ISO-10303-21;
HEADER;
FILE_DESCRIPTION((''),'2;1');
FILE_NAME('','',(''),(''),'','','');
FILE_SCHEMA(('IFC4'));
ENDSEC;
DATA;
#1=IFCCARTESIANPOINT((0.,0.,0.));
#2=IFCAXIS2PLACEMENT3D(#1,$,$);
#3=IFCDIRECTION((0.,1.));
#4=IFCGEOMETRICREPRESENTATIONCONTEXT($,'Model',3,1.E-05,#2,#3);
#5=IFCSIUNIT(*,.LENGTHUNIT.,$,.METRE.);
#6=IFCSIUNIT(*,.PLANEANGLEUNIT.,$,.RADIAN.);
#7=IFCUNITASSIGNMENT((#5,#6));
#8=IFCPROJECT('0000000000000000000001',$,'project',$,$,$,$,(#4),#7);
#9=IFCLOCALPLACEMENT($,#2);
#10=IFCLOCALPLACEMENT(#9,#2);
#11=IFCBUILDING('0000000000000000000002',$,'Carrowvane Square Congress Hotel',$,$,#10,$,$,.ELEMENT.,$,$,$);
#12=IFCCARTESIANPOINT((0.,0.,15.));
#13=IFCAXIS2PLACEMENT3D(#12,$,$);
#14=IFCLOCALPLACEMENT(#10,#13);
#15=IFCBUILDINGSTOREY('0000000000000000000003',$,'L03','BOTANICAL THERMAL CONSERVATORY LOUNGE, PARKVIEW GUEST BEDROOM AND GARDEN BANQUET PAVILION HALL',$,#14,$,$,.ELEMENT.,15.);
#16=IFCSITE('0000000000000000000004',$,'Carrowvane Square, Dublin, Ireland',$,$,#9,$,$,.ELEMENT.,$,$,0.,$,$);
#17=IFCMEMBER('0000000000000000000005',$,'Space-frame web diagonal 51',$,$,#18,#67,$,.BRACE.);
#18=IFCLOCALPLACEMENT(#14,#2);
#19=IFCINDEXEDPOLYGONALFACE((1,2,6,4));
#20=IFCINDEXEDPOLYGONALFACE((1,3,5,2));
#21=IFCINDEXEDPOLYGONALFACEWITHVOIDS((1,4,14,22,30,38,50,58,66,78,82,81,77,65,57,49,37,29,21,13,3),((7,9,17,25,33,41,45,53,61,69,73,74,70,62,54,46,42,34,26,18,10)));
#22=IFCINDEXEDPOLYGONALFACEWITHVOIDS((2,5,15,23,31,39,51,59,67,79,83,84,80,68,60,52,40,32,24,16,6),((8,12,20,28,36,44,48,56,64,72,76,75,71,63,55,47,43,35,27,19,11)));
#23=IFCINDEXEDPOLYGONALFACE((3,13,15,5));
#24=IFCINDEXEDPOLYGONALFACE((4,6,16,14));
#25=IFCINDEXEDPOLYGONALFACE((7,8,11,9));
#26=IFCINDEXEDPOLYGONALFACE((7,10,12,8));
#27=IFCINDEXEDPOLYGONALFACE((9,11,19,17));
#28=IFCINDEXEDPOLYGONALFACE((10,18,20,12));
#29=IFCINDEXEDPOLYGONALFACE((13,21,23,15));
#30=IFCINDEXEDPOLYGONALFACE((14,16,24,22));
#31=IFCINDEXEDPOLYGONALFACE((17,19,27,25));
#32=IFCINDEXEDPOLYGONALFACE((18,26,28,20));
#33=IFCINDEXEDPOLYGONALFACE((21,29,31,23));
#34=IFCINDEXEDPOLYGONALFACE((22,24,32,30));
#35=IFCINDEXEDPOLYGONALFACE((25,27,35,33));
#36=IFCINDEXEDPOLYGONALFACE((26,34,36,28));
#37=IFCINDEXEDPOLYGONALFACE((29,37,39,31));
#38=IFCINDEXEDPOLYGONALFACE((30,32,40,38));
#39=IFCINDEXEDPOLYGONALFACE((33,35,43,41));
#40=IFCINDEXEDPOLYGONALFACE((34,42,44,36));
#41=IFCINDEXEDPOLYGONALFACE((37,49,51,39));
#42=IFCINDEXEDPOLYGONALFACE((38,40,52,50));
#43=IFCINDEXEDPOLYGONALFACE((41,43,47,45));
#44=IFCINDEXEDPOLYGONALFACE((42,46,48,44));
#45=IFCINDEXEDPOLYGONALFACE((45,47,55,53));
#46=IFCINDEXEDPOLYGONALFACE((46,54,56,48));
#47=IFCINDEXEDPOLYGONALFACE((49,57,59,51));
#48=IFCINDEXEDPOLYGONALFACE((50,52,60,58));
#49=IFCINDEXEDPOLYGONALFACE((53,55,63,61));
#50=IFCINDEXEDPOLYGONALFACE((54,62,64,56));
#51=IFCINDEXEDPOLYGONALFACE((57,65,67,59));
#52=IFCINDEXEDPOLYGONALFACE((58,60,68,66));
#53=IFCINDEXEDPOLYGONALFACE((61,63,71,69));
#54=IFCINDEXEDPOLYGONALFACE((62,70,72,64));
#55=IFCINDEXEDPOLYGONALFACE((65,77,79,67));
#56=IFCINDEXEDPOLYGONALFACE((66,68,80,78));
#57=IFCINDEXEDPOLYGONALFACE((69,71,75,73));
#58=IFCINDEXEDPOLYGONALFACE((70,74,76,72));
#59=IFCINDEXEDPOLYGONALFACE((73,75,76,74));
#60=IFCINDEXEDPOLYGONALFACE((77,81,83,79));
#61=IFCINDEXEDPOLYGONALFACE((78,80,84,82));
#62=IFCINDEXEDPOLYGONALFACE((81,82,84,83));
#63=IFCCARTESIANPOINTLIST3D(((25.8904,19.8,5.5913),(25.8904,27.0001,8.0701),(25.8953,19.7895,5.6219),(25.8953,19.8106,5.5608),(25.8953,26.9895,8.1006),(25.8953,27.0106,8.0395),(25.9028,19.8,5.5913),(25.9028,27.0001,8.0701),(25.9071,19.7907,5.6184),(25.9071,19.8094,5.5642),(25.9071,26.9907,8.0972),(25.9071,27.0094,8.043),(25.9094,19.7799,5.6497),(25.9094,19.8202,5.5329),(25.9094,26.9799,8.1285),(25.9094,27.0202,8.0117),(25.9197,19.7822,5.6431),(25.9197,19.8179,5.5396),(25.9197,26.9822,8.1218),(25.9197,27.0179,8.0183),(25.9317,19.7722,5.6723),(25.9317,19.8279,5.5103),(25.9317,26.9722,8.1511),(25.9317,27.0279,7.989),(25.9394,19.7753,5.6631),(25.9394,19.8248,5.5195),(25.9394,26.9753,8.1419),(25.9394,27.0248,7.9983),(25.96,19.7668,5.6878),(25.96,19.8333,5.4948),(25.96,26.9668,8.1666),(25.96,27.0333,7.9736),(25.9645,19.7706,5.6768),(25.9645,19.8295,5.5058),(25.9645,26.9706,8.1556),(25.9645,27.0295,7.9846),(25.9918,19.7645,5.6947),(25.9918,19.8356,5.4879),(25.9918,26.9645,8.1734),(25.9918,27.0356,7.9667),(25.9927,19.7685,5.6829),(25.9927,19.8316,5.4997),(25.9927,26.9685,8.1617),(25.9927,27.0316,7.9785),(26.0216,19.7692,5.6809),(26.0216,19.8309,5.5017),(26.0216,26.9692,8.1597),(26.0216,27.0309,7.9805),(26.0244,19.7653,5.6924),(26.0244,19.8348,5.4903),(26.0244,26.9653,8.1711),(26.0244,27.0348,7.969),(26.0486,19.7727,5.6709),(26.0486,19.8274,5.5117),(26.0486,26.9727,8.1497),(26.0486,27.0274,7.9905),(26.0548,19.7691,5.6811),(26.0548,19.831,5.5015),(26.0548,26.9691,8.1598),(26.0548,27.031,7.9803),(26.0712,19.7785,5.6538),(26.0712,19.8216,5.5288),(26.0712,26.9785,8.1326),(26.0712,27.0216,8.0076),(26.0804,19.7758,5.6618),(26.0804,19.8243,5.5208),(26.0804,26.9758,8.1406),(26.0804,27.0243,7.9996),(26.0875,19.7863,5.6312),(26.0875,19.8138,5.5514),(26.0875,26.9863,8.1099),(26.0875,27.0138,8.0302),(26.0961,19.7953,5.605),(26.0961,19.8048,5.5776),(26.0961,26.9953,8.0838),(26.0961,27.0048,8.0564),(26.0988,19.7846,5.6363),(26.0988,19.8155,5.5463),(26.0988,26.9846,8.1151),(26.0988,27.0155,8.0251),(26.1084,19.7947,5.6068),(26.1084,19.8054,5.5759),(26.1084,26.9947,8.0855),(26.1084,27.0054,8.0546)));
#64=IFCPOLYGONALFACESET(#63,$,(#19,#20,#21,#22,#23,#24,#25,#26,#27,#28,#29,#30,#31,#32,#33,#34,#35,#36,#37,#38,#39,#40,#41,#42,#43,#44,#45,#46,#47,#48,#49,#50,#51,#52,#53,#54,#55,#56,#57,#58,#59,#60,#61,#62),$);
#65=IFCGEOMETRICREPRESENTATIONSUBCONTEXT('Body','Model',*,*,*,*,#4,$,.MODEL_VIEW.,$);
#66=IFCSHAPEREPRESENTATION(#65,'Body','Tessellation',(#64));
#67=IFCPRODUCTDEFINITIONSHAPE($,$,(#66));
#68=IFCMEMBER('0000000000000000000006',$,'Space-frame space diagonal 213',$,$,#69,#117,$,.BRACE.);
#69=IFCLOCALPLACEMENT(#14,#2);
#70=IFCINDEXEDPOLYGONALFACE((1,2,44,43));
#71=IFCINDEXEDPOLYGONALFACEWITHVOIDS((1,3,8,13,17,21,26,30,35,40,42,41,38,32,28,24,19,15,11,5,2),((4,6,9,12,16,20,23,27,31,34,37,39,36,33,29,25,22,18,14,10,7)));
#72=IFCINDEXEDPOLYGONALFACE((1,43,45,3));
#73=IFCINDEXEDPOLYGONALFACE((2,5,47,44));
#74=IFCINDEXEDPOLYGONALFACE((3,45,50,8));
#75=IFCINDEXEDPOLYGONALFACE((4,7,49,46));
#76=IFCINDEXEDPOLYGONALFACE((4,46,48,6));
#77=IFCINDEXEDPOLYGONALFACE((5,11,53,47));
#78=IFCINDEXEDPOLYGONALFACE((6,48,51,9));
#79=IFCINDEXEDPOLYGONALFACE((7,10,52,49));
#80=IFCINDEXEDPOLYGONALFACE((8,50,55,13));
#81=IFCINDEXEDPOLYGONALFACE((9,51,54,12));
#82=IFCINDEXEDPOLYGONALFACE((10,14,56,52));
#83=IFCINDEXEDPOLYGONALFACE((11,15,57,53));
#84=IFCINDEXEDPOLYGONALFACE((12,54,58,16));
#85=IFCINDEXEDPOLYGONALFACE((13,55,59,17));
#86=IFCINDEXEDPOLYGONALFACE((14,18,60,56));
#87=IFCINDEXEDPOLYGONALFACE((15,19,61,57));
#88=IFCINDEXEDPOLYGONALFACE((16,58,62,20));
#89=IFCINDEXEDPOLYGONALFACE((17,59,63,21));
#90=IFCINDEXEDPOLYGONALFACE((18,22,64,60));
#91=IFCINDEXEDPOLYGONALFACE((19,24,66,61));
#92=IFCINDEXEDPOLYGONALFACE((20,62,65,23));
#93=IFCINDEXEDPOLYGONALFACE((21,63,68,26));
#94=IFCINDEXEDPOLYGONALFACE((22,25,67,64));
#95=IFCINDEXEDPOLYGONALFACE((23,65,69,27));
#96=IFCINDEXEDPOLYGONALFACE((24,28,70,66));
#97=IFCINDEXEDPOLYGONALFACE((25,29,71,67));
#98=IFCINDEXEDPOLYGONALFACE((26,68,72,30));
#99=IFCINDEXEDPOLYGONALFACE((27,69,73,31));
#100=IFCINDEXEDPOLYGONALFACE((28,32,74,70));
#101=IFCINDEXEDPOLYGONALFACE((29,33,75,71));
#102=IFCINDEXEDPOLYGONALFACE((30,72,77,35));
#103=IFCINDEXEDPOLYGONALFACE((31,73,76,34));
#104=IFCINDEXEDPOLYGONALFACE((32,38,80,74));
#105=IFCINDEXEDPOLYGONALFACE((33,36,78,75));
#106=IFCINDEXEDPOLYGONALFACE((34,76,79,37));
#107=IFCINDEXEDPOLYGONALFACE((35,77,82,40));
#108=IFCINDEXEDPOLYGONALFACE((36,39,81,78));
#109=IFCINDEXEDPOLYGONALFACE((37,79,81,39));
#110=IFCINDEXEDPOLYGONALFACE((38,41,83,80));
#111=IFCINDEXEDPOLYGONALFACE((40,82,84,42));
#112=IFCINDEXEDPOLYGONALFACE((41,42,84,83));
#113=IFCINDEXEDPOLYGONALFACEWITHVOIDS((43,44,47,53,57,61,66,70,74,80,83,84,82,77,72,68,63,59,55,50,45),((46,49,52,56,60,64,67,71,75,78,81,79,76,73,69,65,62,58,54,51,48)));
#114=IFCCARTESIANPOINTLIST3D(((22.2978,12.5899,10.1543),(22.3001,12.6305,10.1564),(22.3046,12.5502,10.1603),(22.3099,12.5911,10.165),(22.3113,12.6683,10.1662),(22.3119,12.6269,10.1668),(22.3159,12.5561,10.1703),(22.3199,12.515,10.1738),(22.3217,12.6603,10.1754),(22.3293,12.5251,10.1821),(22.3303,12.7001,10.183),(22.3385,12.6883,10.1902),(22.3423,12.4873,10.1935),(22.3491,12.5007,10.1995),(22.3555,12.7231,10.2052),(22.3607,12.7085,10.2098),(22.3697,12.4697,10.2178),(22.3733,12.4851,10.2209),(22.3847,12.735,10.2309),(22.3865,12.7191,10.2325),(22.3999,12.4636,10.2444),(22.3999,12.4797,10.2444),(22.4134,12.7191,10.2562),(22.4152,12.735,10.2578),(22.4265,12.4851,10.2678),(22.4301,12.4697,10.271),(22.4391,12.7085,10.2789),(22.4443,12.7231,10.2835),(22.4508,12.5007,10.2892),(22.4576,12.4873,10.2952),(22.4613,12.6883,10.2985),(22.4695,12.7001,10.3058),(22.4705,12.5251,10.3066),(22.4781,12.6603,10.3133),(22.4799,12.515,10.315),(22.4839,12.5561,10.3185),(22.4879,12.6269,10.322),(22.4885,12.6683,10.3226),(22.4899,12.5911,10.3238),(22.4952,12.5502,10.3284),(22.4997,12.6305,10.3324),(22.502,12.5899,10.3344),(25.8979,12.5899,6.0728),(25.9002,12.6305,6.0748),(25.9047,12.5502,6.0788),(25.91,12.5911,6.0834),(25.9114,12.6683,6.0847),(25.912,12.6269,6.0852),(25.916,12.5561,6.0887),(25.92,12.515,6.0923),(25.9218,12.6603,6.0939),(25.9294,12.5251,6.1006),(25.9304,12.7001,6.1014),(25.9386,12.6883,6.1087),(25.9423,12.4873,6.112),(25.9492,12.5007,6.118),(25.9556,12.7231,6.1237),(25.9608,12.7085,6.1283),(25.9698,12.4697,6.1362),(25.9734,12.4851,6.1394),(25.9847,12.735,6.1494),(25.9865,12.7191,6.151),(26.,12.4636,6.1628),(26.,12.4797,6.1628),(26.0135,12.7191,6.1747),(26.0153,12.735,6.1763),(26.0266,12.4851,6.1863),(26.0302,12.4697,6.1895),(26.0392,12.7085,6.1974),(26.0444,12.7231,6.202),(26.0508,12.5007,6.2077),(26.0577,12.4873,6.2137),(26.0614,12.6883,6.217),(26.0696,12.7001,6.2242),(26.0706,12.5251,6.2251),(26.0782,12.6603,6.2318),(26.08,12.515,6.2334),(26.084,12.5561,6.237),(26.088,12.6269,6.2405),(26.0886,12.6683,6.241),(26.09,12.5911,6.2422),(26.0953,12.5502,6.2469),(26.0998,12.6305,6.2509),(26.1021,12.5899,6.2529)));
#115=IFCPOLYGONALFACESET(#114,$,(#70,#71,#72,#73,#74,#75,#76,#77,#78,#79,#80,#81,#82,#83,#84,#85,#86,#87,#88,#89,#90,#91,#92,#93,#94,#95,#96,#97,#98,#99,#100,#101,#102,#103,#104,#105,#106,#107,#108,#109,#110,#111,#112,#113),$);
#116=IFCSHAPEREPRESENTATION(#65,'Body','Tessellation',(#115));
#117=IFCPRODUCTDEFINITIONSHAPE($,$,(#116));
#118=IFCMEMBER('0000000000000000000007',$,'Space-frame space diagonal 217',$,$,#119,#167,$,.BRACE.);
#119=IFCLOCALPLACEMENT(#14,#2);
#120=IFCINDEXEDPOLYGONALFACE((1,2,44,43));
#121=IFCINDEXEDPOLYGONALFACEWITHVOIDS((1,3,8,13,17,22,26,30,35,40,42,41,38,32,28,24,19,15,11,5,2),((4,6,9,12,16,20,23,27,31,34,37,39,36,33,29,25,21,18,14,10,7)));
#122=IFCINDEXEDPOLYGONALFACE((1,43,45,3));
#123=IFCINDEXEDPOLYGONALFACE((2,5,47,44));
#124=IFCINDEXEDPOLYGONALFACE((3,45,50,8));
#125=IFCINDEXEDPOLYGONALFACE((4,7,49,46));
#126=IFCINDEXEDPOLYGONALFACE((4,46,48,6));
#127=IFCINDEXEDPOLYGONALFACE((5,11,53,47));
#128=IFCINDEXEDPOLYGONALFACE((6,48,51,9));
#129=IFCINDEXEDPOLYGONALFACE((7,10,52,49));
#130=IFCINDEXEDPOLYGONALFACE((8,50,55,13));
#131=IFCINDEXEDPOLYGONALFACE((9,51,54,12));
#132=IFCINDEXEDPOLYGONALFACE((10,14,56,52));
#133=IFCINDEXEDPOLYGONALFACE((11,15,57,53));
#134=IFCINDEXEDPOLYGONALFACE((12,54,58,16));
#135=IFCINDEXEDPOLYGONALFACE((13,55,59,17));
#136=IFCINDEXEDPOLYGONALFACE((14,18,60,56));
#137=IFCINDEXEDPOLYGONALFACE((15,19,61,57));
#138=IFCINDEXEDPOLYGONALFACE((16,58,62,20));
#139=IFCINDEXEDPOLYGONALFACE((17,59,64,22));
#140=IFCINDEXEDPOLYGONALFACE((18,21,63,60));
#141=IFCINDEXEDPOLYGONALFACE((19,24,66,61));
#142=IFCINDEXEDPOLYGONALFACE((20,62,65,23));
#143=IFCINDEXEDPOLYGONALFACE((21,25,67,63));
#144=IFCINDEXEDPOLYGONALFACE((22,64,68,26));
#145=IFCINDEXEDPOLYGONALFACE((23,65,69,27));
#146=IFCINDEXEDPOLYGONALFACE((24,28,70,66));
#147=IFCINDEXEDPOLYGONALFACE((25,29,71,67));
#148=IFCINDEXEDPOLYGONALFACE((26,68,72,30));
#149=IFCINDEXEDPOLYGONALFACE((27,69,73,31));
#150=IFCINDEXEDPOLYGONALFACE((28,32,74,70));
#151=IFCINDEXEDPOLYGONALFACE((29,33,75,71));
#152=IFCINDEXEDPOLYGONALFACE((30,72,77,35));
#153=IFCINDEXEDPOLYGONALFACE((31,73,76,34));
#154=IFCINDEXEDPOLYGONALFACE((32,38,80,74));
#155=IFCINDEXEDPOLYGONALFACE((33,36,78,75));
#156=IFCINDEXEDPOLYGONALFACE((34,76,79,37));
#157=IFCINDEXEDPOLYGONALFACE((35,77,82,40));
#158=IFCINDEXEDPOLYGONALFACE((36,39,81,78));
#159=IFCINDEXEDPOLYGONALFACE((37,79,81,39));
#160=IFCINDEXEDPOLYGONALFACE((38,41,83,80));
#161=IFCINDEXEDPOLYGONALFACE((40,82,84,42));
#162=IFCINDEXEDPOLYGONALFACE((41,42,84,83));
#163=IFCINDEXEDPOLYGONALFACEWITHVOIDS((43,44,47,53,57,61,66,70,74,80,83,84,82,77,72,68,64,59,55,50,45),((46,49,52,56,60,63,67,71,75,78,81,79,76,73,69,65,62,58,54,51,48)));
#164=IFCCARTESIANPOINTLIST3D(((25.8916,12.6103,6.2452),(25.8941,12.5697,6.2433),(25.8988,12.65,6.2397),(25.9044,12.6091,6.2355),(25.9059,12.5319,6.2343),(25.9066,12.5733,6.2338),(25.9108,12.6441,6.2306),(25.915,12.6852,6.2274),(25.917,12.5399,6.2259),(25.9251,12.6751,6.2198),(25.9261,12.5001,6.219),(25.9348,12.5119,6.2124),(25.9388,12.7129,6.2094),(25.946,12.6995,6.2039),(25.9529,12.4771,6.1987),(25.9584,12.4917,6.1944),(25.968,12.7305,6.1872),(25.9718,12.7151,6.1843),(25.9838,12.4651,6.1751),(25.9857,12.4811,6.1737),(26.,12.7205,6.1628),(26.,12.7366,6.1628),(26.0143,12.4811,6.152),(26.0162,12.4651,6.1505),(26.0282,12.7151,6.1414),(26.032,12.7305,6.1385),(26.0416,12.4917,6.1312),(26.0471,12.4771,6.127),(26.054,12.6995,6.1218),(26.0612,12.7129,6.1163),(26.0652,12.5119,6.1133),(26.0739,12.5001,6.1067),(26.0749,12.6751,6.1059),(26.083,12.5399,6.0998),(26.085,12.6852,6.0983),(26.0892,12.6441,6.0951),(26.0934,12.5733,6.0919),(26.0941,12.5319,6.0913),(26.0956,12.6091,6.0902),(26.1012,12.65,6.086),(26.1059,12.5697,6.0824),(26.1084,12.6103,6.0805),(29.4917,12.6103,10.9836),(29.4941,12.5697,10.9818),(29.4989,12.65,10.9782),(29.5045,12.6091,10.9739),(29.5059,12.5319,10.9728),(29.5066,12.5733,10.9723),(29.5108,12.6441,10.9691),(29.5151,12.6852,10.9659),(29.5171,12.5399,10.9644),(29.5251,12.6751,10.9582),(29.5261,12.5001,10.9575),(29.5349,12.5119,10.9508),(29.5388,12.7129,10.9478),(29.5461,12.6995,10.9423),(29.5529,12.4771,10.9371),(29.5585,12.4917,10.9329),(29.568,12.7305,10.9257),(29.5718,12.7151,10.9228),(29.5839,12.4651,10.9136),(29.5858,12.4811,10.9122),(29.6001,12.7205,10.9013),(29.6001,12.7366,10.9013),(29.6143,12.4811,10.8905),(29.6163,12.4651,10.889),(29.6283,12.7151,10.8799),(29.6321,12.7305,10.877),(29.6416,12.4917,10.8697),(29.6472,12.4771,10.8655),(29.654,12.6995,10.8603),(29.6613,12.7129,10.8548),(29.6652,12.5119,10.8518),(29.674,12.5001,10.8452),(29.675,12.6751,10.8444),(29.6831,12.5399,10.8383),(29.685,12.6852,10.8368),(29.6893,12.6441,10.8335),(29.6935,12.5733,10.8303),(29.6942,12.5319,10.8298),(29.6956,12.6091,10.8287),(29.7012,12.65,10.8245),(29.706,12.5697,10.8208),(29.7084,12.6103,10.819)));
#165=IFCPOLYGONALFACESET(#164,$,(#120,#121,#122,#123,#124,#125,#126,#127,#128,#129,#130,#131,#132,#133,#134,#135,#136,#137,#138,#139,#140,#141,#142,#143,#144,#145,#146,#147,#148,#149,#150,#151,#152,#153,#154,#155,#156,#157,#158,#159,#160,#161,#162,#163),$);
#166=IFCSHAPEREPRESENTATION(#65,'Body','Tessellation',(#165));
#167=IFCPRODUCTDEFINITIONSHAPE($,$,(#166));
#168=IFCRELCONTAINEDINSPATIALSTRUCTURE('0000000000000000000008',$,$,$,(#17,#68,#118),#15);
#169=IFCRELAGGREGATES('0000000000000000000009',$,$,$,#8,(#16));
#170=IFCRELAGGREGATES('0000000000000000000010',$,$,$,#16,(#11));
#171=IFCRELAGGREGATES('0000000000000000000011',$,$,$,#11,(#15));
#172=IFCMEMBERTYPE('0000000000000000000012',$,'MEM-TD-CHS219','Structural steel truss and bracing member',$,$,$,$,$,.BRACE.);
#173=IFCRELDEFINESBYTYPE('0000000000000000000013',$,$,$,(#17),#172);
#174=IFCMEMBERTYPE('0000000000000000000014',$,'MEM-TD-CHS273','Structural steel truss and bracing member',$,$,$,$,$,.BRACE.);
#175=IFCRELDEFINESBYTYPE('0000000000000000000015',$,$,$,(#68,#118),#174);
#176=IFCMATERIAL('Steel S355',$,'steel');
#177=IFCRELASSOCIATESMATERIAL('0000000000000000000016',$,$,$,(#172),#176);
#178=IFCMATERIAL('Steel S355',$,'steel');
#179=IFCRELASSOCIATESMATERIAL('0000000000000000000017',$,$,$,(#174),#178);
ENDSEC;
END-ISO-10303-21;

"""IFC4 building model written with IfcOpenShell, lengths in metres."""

from ifc_helpers import new_model, si_unit, direction, frame, origin, origin_2d, place, context, subcontext, project, spatial, hollow_circle, extrude, material, material_profile, profile_set, type_object, element, save


model = new_model("IFC4")

# Units and contexts
model_context = context("Model", 3, precision=1e-05, world=origin(), true_north=direction((0.0, 1.0)))
body_context = subcontext(model_context, "Body", "Model", "MODEL_VIEW")
ifc_project = project(units=[si_unit("LENGTHUNIT", "METRE"), si_unit("PLANEANGLEUNIT", "RADIAN")], contexts=[model_context])

# Site, building, storey
site_placement = place(None, origin())
site = spatial("IfcSite", under=ifc_project, at=site_placement, Name="Carrowvane Square, Dublin, Ireland", CompositionType="ELEMENT", RefElevation=0.0)
building_placement = place(site_placement, origin())
building = spatial("IfcBuilding", under=site, at=building_placement, Name="Carrowvane Square Congress Hotel", CompositionType="ELEMENT")
storey_placement = place(building_placement, frame((0.0, 0.0, 15.0)))
storey = spatial("IfcBuildingStorey", under=building, at=storey_placement, Name="L03", Description="BOTANICAL THERMAL CONSERVATORY LOUNGE, PARKVIEW GUEST BEDROOM AND GARDEN BANQUET PAVILION HALL", CompositionType="ELEMENT", Elevation=15.0)

# Members
ifc_material_1 = material(Name="Steel S355", Category="steel")
ifc_material_profile_1 = material_profile(ifc_material_1, hollow_circle(Radius=0.1096, WallThickness=0.0125, at=origin_2d()), Name="CHS 219.1x12.5")
ifc_profile_set_1 = profile_set([ifc_material_profile_1], Name="Steel S355")
member_type_1 = type_object("IfcMemberType", Name="MEM-TD-CHS219", Description="Structural steel truss and bracing member", PredefinedType="BRACE", material=ifc_profile_set_1)
member_1_placement = place(storey_placement, frame((26.0, 19.8, 5.5913), z_axis=(0.0, 0.945534, 0.325523), x_axis=(-1.0, 0.0, 0.0)))
element("IfcMember", 1, at=member_1_placement, inside=storey, type_object=member_type_1, Name="Space-frame web diagonal 51", PredefinedType="BRACE", context=body_context, shape_type="SweptSolid", body=[
    extrude(hollow_circle(Radius=0.1096, WallThickness=0.0125, at=origin_2d()), origin(), (0.0, 0.0, 1.0), 7.6147),
])
ifc_material_2 = material(Name="Steel S355", Category="steel")
ifc_material_profile_2 = material_profile(ifc_material_2, hollow_circle(Radius=0.1365, WallThickness=0.0161, at=origin_2d()), Name="CHS 273.0x16")
ifc_profile_set_2 = profile_set([ifc_material_profile_2], Name="Steel S355")
member_type_2 = type_object("IfcMemberType", Name="MEM-TD-CHS273", Description="Structural steel truss and bracing member", PredefinedType="BRACE", material=ifc_profile_set_2)
member_2_placement = place(storey_placement, frame((26.0, 12.6001, 6.1628), z_axis=(-0.661491, 0.0, 0.749953), x_axis=(0.0, -1.0, 0.0)))
element("IfcMember", 2, at=member_2_placement, inside=storey, type_object=member_type_2, Name="Space-frame space diagonal 213", PredefinedType="BRACE", context=body_context, shape_type="SweptSolid", body=[
    extrude(hollow_circle(Radius=0.1365, WallThickness=0.0161, at=origin_2d()), origin(), (0.0, 0.0, 1.0), 5.4424),
])
member_3_placement = place(storey_placement, frame((26.0, 12.6001, 6.1628), z_axis=(0.604957, 0.0, 0.796258), x_axis=(0.0, 1.0, 0.0)))
element("IfcMember", 3, at=member_3_placement, inside=storey, type_object=member_type_2, Name="Space-frame space diagonal 217", PredefinedType="BRACE", context=body_context, shape_type="SweptSolid", body=[
    extrude(hollow_circle(Radius=0.1365, WallThickness=0.0161, at=origin_2d()), origin(), (0.0, 0.0, 1.0), 5.9509),
])

save(model, "model.ifc")
